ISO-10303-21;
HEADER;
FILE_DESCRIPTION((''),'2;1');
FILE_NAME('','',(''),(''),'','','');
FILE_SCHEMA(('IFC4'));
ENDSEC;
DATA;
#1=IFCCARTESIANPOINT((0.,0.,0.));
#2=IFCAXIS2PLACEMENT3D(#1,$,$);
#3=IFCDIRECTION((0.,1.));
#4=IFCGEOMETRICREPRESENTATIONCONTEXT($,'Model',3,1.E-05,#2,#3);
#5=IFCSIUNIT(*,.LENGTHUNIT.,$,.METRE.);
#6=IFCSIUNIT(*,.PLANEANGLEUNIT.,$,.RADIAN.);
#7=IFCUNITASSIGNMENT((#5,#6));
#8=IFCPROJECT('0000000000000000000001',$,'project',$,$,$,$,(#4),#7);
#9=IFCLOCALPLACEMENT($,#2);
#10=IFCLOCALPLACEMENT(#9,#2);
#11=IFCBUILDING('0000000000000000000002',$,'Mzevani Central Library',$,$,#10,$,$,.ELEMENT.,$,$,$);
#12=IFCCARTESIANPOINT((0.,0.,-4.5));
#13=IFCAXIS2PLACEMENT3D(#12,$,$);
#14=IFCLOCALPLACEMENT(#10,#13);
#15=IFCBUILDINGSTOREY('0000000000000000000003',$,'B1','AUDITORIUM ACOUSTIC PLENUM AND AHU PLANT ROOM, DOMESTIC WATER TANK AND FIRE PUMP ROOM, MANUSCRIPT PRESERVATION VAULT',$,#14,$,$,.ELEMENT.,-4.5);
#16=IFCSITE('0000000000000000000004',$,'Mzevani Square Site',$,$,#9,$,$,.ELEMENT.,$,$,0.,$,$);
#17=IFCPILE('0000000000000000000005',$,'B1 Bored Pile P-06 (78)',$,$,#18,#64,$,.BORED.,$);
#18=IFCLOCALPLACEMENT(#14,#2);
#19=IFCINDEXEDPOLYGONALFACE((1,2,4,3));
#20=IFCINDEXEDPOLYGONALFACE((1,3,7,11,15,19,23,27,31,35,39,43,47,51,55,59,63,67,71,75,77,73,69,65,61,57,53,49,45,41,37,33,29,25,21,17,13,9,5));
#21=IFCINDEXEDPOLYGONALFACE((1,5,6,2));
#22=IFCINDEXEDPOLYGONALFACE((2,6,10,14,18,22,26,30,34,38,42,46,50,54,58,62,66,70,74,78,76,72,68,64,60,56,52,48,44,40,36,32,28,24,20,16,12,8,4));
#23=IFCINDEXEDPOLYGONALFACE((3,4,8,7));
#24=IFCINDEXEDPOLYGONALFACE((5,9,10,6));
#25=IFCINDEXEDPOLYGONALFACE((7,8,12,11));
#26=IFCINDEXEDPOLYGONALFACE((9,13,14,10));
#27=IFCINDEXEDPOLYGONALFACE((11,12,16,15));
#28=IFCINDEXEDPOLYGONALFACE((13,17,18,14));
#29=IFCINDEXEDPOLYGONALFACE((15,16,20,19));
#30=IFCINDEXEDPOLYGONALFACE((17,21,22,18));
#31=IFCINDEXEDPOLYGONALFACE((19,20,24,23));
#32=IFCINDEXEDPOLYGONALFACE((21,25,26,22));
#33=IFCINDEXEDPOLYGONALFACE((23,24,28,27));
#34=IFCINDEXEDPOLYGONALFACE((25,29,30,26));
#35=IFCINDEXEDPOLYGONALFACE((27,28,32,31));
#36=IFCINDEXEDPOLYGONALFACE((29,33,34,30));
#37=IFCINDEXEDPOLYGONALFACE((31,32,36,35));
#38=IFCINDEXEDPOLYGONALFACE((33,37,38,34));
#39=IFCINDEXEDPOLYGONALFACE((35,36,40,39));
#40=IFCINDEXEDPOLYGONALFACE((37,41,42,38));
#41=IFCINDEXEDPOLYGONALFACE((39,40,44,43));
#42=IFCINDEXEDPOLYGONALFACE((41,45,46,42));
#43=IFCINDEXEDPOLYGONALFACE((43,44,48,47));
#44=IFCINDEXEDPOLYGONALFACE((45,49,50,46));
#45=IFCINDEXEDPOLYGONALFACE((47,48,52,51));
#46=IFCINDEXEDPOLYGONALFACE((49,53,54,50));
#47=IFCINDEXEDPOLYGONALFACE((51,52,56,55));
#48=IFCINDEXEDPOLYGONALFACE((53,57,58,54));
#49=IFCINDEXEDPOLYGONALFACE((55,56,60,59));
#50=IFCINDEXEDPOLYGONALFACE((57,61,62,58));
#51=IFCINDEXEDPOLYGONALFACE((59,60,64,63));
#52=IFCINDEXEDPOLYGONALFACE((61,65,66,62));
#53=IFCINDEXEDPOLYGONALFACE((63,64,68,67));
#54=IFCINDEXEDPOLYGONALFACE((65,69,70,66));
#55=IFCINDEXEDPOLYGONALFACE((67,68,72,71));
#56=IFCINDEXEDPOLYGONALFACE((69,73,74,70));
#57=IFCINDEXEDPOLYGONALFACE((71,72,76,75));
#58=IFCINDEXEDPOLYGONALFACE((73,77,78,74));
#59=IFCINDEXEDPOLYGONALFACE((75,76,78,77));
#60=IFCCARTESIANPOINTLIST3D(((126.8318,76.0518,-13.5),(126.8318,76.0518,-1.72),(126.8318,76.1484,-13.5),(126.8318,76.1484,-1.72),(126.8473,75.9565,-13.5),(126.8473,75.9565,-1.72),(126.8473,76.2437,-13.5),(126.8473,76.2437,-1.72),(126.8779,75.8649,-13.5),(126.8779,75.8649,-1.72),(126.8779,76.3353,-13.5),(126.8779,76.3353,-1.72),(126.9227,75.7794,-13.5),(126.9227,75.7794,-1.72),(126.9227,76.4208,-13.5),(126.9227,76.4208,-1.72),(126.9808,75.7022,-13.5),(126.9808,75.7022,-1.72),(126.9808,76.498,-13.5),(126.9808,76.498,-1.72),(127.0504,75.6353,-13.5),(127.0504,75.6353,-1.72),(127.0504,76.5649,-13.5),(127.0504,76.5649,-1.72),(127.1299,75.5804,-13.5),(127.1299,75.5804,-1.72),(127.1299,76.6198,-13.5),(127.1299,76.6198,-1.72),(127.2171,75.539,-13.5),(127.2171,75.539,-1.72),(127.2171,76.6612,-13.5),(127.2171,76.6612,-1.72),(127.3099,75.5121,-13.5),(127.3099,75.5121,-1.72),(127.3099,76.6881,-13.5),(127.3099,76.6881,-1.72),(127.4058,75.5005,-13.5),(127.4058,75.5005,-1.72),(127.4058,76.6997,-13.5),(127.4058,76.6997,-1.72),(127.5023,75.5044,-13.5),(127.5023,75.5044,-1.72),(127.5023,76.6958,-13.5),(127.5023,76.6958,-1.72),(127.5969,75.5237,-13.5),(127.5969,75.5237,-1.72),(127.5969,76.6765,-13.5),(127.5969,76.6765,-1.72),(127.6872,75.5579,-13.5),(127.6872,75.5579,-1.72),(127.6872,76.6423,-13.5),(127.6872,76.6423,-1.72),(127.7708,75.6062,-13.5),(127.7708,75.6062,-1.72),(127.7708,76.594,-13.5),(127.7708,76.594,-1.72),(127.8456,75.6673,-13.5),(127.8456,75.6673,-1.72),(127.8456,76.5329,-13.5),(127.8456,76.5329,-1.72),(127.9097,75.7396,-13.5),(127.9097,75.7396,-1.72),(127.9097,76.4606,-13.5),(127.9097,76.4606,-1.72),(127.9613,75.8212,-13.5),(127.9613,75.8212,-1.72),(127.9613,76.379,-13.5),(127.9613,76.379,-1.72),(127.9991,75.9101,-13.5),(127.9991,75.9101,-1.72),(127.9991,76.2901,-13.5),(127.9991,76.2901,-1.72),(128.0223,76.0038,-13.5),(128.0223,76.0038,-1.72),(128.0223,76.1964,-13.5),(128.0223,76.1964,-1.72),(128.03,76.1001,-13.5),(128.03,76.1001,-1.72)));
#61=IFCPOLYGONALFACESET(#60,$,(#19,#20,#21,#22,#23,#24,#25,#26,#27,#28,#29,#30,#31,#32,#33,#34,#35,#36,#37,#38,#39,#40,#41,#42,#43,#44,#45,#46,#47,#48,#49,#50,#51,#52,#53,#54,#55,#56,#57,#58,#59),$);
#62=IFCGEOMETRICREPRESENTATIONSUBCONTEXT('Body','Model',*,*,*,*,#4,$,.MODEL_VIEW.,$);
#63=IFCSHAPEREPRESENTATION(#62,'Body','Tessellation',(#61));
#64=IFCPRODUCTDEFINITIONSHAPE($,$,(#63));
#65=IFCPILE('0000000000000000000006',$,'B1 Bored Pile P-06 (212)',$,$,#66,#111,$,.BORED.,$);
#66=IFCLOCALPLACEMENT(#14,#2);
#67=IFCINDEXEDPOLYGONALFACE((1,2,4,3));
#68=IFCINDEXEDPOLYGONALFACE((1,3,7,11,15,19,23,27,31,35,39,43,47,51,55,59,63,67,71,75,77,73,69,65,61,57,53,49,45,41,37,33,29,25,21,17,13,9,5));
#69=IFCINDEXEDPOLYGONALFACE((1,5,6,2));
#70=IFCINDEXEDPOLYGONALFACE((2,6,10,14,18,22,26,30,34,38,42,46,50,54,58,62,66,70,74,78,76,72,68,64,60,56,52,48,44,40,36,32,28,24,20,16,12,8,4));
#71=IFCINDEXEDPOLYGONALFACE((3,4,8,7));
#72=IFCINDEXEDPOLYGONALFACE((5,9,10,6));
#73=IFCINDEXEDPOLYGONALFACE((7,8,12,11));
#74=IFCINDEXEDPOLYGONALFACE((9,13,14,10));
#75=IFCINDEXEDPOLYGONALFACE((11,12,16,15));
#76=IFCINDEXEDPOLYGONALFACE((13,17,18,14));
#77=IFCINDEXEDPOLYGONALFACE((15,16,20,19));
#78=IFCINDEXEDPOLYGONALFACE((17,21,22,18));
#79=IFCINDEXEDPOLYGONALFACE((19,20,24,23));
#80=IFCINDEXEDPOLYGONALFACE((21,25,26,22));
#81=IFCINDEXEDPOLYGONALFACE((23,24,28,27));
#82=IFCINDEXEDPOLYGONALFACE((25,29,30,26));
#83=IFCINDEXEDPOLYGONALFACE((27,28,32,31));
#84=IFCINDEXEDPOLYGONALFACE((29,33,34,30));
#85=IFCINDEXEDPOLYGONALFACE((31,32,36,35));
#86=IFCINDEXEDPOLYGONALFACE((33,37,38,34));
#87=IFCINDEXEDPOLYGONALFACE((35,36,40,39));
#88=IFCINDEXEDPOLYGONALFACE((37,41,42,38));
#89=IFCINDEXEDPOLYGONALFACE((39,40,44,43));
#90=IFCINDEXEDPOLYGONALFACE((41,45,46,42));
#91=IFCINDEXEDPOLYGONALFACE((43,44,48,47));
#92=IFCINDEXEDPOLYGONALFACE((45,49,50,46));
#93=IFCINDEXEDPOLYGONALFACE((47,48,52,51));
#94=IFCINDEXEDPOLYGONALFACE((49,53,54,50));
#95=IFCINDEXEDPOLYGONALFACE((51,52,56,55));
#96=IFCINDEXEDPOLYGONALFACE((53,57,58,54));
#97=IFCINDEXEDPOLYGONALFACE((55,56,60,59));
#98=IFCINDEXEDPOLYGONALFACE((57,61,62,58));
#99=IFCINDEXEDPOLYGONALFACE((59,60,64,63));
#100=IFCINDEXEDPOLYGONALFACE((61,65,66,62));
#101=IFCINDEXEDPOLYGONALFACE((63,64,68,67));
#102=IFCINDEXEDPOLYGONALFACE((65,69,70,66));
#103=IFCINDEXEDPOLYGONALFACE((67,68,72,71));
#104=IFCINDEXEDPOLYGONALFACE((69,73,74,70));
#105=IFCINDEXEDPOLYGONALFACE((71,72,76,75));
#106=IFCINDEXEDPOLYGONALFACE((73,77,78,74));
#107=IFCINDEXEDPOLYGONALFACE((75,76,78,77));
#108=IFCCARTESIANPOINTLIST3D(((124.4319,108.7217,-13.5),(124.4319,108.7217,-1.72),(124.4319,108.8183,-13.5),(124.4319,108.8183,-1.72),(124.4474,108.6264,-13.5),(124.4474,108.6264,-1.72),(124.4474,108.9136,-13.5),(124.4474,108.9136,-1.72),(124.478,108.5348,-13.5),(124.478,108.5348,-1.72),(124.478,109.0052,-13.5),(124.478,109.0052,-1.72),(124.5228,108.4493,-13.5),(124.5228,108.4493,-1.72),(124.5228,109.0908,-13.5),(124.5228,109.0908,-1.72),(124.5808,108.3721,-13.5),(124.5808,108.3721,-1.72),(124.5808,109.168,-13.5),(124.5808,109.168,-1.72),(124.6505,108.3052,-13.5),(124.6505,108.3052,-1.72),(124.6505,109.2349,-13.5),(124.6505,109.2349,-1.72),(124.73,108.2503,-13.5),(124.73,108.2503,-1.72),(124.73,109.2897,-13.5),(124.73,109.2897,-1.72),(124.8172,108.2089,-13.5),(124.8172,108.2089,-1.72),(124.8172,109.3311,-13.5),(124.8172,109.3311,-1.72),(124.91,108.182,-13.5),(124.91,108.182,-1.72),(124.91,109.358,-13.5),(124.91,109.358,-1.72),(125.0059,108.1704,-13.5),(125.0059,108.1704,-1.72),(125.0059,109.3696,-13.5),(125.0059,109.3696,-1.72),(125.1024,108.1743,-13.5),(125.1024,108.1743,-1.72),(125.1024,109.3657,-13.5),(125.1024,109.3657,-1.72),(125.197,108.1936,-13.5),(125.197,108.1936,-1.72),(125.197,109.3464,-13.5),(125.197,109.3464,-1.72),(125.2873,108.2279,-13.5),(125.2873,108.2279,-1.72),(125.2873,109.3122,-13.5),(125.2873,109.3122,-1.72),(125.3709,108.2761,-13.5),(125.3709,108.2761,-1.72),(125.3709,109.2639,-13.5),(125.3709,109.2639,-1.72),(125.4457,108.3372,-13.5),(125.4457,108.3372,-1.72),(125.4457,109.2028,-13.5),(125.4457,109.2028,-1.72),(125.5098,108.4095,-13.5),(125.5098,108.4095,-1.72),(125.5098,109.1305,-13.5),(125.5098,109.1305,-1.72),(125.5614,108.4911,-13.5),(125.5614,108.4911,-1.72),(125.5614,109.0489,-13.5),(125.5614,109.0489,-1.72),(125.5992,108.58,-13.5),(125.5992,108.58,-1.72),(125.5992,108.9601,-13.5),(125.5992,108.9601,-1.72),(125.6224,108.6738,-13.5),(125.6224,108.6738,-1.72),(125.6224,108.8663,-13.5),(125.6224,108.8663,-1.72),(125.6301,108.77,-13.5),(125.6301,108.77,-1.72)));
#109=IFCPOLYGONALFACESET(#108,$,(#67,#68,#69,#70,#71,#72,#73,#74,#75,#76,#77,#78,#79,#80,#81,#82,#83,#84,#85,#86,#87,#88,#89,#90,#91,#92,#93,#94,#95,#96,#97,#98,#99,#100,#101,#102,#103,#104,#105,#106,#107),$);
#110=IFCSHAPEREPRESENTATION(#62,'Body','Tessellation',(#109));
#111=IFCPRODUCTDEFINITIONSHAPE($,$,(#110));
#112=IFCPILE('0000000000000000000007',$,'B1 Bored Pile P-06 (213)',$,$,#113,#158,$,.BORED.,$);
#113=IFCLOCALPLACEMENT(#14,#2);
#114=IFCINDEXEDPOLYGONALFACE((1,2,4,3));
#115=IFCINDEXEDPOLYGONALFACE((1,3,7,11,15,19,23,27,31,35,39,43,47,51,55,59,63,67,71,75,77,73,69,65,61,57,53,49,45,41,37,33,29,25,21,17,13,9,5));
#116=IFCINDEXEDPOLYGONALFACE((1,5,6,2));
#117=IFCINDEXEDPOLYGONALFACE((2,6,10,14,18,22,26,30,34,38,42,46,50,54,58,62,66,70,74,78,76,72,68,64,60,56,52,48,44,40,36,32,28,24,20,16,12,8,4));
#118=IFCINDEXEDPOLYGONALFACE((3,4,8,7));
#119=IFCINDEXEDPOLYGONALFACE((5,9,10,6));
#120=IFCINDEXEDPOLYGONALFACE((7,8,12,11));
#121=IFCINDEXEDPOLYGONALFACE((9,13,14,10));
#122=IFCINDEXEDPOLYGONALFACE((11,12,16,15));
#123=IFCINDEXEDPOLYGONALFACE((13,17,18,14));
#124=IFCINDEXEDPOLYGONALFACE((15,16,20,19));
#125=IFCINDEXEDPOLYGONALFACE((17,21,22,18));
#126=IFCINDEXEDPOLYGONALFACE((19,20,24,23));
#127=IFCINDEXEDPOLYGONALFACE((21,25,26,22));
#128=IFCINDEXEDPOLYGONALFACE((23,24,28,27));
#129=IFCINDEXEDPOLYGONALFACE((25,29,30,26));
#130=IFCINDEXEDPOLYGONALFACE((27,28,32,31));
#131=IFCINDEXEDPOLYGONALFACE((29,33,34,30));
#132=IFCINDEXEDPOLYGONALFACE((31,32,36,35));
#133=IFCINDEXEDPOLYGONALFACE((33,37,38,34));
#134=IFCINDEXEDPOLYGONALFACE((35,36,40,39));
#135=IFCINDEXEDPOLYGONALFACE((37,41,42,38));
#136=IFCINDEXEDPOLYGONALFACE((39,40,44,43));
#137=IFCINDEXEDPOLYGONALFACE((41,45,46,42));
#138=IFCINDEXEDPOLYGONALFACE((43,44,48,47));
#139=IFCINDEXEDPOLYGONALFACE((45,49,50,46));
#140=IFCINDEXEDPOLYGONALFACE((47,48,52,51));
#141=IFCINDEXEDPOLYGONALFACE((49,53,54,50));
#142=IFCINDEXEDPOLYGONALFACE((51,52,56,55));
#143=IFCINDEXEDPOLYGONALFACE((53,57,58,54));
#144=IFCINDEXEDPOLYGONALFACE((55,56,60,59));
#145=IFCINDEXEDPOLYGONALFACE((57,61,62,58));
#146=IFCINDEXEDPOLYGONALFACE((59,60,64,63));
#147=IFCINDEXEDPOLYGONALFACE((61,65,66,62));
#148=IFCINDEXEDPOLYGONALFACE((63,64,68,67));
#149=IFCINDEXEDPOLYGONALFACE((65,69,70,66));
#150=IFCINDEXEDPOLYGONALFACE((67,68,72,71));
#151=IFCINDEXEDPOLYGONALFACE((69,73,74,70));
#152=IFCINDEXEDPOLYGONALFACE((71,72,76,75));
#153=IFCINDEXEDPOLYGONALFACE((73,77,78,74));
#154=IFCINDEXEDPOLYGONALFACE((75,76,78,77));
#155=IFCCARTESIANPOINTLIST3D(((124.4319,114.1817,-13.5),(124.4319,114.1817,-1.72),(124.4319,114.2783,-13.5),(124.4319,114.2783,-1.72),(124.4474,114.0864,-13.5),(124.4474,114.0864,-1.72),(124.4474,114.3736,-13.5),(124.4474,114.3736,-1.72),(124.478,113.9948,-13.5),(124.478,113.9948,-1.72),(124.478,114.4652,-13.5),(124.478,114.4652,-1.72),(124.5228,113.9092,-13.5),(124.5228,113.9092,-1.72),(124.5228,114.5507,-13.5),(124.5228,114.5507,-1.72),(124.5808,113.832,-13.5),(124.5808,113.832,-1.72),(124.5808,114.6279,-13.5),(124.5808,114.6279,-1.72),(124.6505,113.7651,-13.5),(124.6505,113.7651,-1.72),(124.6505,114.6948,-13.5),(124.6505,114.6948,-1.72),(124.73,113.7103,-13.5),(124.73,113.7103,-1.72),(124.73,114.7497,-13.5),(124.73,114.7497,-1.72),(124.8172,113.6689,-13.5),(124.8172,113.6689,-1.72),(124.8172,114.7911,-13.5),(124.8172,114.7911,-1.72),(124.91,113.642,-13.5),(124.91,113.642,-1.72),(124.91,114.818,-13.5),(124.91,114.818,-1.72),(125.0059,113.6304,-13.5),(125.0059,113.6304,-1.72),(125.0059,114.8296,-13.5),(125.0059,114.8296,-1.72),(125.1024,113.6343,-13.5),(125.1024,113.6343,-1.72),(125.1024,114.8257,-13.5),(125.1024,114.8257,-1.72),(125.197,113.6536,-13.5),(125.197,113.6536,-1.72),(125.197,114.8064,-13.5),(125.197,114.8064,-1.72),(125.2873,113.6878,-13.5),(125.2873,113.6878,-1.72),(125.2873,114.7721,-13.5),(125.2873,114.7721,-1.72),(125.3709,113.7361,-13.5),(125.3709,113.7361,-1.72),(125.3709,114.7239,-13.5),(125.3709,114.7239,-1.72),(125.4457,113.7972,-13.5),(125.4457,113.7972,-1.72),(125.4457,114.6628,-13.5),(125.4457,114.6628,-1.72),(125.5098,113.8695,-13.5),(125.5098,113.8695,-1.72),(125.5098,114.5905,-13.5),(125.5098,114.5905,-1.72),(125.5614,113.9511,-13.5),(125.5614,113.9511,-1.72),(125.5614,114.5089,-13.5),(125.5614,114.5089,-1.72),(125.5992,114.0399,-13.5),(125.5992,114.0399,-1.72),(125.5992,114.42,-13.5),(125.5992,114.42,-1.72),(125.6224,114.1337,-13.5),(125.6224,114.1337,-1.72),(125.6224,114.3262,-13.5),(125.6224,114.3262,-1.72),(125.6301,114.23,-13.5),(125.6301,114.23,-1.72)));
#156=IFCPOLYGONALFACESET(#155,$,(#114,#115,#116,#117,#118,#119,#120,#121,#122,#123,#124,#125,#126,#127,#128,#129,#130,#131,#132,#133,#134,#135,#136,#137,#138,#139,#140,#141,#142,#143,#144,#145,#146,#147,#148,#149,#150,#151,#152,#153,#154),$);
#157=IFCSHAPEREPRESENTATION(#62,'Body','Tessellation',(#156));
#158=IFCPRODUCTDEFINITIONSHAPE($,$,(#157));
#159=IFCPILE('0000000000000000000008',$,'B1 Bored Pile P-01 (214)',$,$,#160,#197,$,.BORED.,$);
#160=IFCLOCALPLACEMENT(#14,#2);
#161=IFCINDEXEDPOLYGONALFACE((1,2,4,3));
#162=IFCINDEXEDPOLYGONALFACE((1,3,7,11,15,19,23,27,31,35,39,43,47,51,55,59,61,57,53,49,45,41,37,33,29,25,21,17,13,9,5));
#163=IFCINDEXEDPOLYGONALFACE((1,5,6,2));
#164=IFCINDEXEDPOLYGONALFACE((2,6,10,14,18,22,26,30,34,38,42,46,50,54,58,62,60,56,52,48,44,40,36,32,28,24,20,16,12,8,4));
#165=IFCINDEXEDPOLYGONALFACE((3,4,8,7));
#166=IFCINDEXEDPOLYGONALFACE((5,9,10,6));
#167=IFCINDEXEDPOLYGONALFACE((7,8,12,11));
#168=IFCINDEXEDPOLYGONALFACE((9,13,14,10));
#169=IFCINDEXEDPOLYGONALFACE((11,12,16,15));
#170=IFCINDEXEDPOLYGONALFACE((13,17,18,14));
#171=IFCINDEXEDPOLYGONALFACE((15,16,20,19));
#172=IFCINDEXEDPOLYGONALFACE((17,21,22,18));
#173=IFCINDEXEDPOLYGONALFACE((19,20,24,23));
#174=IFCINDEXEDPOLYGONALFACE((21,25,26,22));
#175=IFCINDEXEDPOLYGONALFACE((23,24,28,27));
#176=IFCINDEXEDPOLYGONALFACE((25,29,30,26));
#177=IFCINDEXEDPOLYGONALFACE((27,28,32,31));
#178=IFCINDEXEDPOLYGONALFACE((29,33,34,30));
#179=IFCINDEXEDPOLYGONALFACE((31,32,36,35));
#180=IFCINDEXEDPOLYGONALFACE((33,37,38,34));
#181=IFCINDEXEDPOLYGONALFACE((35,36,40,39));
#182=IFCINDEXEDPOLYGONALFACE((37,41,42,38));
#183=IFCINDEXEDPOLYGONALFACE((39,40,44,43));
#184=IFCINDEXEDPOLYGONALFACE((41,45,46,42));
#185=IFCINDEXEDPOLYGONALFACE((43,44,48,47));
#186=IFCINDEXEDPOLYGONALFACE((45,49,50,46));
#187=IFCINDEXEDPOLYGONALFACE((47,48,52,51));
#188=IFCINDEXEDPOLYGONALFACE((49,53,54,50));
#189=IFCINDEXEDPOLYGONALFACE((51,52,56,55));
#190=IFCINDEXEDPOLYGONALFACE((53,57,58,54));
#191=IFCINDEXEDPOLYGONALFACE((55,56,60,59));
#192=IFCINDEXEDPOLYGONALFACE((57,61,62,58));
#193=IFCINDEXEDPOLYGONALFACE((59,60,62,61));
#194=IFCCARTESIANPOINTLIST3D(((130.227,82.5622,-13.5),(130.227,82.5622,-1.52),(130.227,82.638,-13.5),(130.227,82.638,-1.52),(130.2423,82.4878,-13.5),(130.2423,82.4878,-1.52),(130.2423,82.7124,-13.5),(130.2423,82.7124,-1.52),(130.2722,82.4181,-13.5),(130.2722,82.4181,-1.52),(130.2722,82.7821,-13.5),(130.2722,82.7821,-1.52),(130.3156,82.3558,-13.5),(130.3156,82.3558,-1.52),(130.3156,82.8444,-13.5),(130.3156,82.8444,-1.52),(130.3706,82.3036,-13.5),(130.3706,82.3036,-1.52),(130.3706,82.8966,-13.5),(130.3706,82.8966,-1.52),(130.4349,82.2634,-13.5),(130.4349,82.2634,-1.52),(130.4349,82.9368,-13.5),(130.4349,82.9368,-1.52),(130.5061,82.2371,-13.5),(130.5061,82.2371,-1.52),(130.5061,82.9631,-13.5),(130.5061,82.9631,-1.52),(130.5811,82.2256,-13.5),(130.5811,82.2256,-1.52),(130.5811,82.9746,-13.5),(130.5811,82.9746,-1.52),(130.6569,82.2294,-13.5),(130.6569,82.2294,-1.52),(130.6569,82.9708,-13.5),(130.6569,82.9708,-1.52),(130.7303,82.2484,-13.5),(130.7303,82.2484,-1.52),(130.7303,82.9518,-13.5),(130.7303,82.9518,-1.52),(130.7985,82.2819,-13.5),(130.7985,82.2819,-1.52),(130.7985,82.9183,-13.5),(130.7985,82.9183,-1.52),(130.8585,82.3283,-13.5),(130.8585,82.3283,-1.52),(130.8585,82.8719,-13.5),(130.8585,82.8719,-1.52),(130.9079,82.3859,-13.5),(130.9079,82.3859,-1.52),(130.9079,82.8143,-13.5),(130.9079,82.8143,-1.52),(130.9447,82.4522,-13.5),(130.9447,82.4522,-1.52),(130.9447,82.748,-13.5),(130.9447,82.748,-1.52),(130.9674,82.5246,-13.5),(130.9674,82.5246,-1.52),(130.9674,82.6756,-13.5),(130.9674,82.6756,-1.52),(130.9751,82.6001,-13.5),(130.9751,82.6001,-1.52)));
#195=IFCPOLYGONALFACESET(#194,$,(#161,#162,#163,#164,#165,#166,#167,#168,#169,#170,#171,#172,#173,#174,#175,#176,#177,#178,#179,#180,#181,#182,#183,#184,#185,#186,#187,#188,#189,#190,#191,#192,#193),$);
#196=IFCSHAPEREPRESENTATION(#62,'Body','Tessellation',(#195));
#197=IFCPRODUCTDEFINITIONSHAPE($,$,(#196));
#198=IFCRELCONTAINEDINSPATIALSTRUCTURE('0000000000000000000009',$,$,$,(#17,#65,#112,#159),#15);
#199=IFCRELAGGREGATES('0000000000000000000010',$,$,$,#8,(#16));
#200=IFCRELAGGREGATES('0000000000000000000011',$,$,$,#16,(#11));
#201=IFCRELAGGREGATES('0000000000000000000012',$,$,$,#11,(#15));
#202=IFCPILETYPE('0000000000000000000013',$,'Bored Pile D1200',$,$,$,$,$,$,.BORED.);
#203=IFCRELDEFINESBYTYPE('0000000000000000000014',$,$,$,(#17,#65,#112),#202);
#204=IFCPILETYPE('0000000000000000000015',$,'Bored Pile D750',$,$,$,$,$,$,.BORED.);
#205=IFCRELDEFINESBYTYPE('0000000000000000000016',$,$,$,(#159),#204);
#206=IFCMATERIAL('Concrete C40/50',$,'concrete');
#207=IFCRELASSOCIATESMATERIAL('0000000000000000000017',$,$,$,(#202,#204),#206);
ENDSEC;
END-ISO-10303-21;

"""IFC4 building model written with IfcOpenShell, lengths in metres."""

from ifc_helpers import new_model, si_unit, direction, frame, origin, origin_2d, place, context, subcontext, project, spatial, circle, extrude, material, material_profile, profile_set, type_object, element, save


model = new_model("IFC4")

# Units and contexts
model_context = context("Model", 3, precision=1e-05, world=origin(), true_north=direction((0.0, 1.0)))
body_context = subcontext(model_context, "Body", "Model", "MODEL_VIEW")
ifc_project = project(units=[si_unit("LENGTHUNIT", "METRE"), si_unit("PLANEANGLEUNIT", "RADIAN")], contexts=[model_context])

# Site, building, storey
site_placement = place(None, origin())
site = spatial("IfcSite", under=ifc_project, at=site_placement, Name="Mzevani Square Site", CompositionType="ELEMENT", RefElevation=0.0)
building_placement = place(site_placement, origin())
building = spatial("IfcBuilding", under=site, at=building_placement, Name="Mzevani Central Library", CompositionType="ELEMENT")
storey_placement = place(building_placement, frame((0.0, 0.0, -4.5)))
storey = spatial("IfcBuildingStorey", under=building, at=storey_placement, Name="B1", Description="AUDITORIUM ACOUSTIC PLENUM AND AHU PLANT ROOM, DOMESTIC WATER TANK AND FIRE PUMP ROOM, MANUSCRIPT PRESERVATION VAULT", CompositionType="ELEMENT", Elevation=-4.5)

# Piles
ifc_material_1 = material(Name="Concrete C40/50", Category="concrete")
ifc_material_profile_1 = material_profile(ifc_material_1, circle(Radius=0.6001, at=origin_2d()), Name="PILE D1200")
ifc_profile_set_1 = profile_set([ifc_material_profile_1], Name="Concrete C40/50")
pile_type_1 = type_object("IfcPileType", Name="Bored Pile D1200", PredefinedType="BORED", material=ifc_profile_set_1)
for number, where, z_axis, x_axis, name in (
    (1, (127.4299, 76.1001, -1.72), (0.0, 0.0, -1.0), (1.0, 0.0, 0.0), "B1 Bored Pile P-06 (78)"),
    (2, (125.03, 108.77, -1.72), (0.0, 0.0, -1.0), (1.0, 0.0, 0.0), "B1 Bored Pile P-06 (212)"),
    (3, (125.03, 114.23, -1.72), (0.0, 0.0, -1.0), (1.0, 0.0, 0.0), "B1 Bored Pile P-06 (213)"),
):
    element("IfcPile", number, at=place(storey_placement, frame(where, z_axis=z_axis, x_axis=x_axis)), inside=storey, type_object=pile_type_1, Name=name, PredefinedType="BORED", context=body_context, shape_type="SweptSolid", body=[
        extrude(circle(Radius=0.6001, at=origin_2d()), origin(), (0.0, 0.0, 1.0), 11.78),
    ])
ifc_material_profile_2 = material_profile(ifc_material_1, circle(Radius=0.375, at=origin_2d()), Name="PILE D750")
ifc_profile_set_2 = profile_set([ifc_material_profile_2], Name="Concrete C40/50")
pile_type_2 = type_object("IfcPileType", Name="Bored Pile D750", PredefinedType="BORED", material=ifc_profile_set_2)
for number, where, z_axis, x_axis, name in (
    (4, (130.6001, 82.6001, -1.52), (0.0, 0.0, -1.0), (1.0, 0.0, 0.0), "B1 Bored Pile P-01 (214)"),
):
    element("IfcPile", number, at=place(storey_placement, frame(where, z_axis=z_axis, x_axis=x_axis)), inside=storey, type_object=pile_type_2, Name=name, PredefinedType="BORED", context=body_context, shape_type="SweptSolid", body=[
        extrude(circle(Radius=0.375, at=origin_2d()), origin(), (0.0, 0.0, 1.0), 11.98),
    ])

save(model, "model.ifc")
